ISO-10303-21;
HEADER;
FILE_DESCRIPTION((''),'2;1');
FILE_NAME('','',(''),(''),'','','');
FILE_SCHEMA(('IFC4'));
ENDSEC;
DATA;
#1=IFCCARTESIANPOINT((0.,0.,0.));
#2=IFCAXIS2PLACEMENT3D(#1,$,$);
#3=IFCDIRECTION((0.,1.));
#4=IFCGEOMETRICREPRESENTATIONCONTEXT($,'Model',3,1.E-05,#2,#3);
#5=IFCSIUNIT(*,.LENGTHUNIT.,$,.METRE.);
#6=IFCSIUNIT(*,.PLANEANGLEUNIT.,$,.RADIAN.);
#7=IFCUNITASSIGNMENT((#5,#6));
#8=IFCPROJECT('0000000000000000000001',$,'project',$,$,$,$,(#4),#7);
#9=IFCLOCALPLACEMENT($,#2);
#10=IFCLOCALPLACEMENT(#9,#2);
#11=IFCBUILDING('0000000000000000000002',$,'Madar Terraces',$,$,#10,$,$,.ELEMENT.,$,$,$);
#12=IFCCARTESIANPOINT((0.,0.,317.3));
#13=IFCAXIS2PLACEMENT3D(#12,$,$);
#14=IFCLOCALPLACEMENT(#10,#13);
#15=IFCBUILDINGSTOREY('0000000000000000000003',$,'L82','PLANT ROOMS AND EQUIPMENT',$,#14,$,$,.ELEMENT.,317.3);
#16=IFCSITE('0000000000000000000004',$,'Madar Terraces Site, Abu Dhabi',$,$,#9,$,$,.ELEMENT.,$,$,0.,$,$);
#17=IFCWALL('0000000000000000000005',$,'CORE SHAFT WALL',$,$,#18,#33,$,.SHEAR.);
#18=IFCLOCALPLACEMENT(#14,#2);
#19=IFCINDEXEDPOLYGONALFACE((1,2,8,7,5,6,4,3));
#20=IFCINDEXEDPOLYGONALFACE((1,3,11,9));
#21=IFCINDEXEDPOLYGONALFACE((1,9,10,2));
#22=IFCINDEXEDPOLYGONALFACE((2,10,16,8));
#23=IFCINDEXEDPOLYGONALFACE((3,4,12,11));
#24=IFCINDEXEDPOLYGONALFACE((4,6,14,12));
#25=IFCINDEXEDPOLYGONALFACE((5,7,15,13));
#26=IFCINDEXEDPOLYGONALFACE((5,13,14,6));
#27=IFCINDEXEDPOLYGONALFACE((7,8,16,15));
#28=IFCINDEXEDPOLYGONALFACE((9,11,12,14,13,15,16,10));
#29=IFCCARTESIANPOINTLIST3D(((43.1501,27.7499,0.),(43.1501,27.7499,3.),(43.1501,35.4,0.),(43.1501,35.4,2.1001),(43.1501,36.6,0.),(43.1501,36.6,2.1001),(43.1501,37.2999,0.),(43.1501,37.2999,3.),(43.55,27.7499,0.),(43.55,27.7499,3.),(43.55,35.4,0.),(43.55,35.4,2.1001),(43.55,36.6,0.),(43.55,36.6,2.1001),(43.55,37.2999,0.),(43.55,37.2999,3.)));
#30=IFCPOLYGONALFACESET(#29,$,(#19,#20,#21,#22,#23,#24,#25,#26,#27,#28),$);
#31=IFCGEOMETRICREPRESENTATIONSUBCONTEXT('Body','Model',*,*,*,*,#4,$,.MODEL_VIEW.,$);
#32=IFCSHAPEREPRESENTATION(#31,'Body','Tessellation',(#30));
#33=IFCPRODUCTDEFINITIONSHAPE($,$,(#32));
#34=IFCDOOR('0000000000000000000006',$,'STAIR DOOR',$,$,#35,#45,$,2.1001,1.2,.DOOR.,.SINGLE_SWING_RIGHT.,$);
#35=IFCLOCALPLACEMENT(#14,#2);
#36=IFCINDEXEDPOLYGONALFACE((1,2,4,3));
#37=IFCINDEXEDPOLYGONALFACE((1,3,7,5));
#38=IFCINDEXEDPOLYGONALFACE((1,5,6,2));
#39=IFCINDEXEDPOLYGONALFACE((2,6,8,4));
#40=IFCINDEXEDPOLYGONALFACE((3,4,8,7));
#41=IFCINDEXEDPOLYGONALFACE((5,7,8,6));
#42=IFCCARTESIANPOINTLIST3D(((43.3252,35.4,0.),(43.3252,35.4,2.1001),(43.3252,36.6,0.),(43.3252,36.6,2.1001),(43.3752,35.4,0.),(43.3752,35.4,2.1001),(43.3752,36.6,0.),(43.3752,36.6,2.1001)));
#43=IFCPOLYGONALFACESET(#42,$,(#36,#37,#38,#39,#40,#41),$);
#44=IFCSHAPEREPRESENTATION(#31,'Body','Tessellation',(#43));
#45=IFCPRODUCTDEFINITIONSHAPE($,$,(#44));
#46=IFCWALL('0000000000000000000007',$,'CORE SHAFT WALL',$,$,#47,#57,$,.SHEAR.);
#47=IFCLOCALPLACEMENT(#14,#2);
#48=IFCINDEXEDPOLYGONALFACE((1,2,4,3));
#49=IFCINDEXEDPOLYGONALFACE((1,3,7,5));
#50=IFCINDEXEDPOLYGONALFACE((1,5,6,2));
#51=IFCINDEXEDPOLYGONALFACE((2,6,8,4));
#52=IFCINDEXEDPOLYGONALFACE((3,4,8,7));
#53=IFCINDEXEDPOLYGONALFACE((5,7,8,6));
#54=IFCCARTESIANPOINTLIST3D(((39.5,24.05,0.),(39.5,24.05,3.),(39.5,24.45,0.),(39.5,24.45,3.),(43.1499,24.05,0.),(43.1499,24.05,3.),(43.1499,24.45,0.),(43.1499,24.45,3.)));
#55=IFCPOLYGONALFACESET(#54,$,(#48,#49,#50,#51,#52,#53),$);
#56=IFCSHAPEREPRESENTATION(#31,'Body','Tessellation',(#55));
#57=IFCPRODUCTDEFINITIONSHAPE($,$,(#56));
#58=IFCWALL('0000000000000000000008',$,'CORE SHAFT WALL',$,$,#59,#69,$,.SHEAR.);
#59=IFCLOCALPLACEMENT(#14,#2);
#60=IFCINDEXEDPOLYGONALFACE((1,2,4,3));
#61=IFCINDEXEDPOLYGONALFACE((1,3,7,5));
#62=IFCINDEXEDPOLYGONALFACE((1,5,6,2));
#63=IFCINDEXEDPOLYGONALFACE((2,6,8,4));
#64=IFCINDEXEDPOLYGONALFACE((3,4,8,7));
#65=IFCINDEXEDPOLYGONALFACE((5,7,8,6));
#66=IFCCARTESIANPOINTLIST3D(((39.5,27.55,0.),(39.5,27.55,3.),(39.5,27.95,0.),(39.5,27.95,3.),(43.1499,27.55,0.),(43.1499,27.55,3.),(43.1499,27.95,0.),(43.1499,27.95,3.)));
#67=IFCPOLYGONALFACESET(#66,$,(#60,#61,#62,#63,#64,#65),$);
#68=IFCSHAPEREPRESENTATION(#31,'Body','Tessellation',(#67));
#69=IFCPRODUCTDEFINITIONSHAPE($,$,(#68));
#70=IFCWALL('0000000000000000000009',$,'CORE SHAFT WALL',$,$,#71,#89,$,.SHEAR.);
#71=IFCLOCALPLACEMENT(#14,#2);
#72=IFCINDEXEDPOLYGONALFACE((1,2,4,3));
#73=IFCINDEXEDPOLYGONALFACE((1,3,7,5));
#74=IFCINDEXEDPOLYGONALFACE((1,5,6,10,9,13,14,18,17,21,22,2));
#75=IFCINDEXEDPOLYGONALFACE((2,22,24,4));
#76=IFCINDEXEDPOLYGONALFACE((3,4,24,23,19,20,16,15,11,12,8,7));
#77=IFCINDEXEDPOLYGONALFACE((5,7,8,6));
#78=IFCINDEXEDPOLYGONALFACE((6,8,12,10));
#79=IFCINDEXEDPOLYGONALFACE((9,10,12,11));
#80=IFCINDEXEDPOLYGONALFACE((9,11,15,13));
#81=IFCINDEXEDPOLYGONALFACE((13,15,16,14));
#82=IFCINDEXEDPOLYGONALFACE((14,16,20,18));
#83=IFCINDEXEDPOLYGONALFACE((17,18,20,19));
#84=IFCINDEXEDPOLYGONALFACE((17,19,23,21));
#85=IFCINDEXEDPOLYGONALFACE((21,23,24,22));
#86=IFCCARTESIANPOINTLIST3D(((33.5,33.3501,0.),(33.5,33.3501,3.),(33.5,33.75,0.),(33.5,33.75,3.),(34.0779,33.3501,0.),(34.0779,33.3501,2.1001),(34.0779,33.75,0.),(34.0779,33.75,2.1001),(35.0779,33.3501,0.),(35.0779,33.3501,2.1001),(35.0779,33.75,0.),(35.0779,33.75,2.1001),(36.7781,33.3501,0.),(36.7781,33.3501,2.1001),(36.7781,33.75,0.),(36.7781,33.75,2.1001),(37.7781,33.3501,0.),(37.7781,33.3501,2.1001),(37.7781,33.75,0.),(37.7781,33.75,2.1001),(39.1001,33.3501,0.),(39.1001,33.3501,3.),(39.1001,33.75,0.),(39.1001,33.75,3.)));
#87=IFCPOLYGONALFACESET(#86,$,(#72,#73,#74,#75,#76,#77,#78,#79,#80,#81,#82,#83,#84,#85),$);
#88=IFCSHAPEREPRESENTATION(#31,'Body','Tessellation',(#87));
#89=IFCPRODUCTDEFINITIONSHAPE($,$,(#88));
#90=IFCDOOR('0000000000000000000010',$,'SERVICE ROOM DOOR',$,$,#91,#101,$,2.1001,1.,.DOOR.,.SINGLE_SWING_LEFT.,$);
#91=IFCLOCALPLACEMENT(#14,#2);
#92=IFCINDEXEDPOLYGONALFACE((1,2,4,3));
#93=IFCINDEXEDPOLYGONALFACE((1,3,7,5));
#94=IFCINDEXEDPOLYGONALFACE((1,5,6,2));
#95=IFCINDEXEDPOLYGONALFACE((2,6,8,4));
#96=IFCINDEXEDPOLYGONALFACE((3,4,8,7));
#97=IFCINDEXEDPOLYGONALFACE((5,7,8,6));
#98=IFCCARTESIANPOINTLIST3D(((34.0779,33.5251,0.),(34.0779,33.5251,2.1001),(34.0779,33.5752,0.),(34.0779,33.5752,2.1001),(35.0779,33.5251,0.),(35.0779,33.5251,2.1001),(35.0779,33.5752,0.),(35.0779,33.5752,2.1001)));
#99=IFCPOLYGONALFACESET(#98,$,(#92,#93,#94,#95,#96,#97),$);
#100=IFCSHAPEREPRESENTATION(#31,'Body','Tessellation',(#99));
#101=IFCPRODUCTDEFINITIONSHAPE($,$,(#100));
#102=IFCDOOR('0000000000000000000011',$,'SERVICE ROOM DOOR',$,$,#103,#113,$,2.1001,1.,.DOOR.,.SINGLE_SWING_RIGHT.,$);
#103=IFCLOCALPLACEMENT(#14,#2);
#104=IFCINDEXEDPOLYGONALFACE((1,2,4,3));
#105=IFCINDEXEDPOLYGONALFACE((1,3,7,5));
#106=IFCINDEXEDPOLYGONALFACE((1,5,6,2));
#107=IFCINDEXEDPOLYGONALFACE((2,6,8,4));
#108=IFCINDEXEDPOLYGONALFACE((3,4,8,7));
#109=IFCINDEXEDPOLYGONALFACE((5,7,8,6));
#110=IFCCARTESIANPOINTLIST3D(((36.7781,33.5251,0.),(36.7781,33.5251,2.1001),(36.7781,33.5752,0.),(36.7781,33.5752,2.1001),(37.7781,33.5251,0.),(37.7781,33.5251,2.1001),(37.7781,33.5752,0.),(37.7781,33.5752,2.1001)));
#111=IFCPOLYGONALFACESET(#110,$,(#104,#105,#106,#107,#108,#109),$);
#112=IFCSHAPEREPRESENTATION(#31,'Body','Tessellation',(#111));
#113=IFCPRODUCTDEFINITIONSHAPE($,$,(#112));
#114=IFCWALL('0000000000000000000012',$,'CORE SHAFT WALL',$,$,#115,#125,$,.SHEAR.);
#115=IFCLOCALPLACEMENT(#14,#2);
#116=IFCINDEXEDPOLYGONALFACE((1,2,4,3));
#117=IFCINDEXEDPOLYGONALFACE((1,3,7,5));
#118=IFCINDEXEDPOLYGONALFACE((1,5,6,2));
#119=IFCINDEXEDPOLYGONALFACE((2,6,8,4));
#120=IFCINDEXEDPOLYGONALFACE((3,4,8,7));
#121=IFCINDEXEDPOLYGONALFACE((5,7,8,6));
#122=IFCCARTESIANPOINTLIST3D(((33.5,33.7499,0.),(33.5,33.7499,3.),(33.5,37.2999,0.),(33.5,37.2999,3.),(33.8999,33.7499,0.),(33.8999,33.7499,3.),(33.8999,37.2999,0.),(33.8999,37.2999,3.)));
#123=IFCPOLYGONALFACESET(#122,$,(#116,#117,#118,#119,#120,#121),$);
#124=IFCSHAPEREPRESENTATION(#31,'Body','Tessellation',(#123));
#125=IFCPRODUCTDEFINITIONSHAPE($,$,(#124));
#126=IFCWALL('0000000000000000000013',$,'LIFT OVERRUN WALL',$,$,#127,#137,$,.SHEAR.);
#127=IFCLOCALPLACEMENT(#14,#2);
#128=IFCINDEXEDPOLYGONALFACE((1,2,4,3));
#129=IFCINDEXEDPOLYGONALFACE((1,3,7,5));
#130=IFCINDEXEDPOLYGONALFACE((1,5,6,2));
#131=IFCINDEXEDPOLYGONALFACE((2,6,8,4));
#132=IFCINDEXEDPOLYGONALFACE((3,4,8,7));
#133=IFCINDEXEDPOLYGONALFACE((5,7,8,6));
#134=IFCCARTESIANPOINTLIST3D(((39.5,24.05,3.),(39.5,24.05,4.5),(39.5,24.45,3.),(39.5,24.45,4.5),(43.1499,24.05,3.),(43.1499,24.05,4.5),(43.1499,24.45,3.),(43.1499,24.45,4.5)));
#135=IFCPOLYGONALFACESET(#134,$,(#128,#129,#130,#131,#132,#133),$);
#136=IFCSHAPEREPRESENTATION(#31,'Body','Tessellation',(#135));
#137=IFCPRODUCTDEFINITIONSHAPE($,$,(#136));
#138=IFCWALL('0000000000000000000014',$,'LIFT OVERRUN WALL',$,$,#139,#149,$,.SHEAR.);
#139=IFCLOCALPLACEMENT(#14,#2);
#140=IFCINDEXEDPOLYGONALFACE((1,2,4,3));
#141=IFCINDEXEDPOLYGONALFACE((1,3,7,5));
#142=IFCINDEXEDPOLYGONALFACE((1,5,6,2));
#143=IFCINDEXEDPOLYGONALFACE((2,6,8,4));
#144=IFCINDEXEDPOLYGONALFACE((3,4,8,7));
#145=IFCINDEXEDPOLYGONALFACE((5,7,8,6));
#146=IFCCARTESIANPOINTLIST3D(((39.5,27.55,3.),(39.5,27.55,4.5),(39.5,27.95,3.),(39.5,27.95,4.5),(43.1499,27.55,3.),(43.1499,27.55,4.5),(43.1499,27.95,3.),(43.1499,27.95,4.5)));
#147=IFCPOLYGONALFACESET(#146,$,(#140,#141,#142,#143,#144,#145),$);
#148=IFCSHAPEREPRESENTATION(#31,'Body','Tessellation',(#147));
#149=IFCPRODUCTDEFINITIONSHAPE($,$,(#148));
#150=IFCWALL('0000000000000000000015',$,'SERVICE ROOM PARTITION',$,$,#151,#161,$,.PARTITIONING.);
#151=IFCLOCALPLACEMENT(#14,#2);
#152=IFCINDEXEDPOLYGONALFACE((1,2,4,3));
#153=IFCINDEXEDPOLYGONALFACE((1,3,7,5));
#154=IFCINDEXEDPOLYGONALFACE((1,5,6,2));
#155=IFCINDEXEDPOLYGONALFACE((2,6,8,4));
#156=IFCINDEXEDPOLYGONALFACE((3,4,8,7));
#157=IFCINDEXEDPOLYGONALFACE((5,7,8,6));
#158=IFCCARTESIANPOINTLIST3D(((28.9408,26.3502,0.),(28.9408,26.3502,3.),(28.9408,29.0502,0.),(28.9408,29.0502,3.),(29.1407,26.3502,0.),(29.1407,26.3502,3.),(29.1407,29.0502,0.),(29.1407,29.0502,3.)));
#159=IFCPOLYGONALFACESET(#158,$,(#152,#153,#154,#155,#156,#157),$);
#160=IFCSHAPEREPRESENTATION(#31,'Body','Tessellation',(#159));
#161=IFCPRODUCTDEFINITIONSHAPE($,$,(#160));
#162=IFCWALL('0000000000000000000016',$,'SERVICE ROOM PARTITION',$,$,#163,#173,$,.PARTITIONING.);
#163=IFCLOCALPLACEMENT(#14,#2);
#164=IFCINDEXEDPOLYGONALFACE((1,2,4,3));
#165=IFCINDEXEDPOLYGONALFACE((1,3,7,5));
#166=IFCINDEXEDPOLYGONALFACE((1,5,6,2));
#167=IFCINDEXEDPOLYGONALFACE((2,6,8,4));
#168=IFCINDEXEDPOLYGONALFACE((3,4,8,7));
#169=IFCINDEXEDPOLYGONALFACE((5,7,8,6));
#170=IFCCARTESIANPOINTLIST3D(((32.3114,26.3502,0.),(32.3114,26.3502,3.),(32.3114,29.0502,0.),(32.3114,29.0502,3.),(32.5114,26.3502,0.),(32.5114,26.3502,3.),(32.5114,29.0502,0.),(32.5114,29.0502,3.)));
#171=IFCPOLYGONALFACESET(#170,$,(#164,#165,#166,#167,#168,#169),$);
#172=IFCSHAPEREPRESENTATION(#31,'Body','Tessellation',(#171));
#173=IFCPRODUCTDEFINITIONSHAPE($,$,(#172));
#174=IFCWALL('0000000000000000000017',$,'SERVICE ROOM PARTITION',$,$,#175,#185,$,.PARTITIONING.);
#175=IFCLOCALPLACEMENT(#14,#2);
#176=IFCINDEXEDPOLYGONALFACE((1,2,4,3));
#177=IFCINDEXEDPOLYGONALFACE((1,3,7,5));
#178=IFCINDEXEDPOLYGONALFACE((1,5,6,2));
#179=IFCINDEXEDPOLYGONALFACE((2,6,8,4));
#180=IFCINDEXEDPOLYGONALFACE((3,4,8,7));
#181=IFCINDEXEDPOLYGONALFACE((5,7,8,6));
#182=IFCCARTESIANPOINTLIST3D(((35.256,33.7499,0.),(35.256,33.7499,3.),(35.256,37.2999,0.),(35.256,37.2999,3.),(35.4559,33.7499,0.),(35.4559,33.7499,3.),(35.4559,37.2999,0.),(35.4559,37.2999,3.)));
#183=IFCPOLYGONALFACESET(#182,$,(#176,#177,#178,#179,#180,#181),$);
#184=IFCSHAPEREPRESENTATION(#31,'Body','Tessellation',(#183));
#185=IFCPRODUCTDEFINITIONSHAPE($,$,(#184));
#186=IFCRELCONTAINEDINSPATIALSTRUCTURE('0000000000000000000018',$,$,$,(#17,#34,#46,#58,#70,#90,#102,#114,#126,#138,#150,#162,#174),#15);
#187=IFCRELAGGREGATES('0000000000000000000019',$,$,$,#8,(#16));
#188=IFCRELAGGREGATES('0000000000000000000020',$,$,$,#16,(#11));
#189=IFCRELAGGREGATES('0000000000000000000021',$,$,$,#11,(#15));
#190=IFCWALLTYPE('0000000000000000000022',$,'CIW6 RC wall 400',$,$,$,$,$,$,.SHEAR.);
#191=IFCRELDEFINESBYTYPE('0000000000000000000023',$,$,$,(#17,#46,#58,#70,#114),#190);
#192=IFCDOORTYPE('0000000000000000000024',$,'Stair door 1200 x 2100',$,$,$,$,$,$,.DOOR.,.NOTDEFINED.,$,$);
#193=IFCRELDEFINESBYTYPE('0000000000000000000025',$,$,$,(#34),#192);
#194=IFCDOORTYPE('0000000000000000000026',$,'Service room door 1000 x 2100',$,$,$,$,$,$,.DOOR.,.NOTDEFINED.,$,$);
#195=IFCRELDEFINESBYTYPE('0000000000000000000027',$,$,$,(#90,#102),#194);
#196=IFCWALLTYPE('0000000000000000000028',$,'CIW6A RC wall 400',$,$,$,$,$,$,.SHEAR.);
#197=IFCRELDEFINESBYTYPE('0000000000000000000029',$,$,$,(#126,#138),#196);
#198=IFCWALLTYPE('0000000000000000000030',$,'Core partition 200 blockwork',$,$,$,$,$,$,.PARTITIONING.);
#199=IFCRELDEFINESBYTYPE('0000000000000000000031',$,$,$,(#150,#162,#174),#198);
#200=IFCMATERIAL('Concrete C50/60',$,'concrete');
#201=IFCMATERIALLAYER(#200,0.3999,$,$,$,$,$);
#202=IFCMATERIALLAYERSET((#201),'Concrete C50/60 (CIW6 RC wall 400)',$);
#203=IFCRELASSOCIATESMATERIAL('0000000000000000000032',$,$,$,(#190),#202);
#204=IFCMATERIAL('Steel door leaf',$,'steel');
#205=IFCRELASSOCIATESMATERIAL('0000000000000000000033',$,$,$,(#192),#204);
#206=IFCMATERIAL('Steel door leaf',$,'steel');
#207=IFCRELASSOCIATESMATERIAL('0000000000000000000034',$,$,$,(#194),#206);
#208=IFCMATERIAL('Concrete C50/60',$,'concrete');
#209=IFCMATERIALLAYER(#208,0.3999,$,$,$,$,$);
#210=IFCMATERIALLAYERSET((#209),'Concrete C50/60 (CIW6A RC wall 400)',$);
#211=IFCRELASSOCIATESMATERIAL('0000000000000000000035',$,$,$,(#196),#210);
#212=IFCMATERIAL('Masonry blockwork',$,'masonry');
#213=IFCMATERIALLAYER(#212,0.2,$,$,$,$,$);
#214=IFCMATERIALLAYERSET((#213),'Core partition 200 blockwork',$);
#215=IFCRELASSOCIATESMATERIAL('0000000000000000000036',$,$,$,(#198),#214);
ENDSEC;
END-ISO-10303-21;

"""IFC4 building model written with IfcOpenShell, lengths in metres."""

from ifc_helpers import new_model, si_unit, direction, frame, frame_2d, origin, place, context, subcontext, project, spatial, rectangle, extrude, material, layer, layer_set, type_object, element, fill, save


model = new_model("IFC4")

# Units and contexts
model_context = context("Model", 3, precision=1e-05, world=origin(), true_north=direction((0.0, 1.0)))
body_context = subcontext(model_context, "Body", "Model", "MODEL_VIEW")
ifc_project = project(units=[si_unit("LENGTHUNIT", "METRE"), si_unit("PLANEANGLEUNIT", "RADIAN")], contexts=[model_context])

# Site, building, storey
site_placement = place(None, origin())
site = spatial("IfcSite", under=ifc_project, at=site_placement, Name="Madar Terraces Site, Abu Dhabi", CompositionType="ELEMENT", RefElevation=0.0)
building_placement = place(site_placement, origin())
building = spatial("IfcBuilding", under=site, at=building_placement, Name="Madar Terraces", CompositionType="ELEMENT")
storey_placement = place(building_placement, frame((0.0, 0.0, 317.3)))
storey = spatial("IfcBuildingStorey", under=building, at=storey_placement, Name="L82", Description="PLANT ROOMS AND EQUIPMENT", CompositionType="ELEMENT", Elevation=317.3)

# Shared definitions
ifc_material_1 = material(Name="Concrete C50/60", Category="concrete")
ifc_layer_1 = layer(ifc_material_1, 0.3999)
ifc_layer_set_1 = layer_set([ifc_layer_1], Name="Concrete C50/60 (CIW6 RC wall 400)")
wall_type_1 = type_object("IfcWallType", Name="CIW6 RC wall 400", PredefinedType="SHEAR", material=ifc_layer_set_1)

# Wall, opening, door
wall_1_placement = place(storey_placement, frame((43.3501, 27.75, 0.0), z_axis=(0.0, 0.0, 1.0), x_axis=(0.0, 1.0, 0.0)))
wall_1 = element("IfcWall", 1, at=wall_1_placement, inside=storey, type_object=wall_type_1, Name="CORE SHAFT WALL", PredefinedType="SHEAR", context=body_context, shape_type="SweptSolid", body=[
    extrude(rectangle(XDim=9.55, YDim=0.3999, at=frame_2d((4.7749, 0.0))), origin(), (0.0, 0.0, 1.0), 3.0),
])
opening_1_placement = place(wall_1_placement, frame((7.6499, 0.0, 0.0)))
opening_1 = element("IfcOpeningElement", 2, at=opening_1_placement, cuts=wall_1, PredefinedType="OPENING", context=body_context, shape_type="SweptSolid", body=[
    extrude(rectangle(XDim=1.2, YDim=2.1001, at=frame_2d((0.6001, 1.05))), frame((0.0, 0.21, 0.0), z_axis=(0.0, -1.0, 0.0), x_axis=(1.0, 0.0, 0.0)), (0.0, 0.0, 1.0), 0.4199),
])
ifc_material_2 = material(Name="Steel door leaf", Category="steel")
door_type_1 = type_object("IfcDoorType", Name="Stair door 1200 x 2100", OperationType="NOTDEFINED", PredefinedType="DOOR", material=ifc_material_2)
door_1_placement = place(opening_1_placement, origin())
door_1 = element("IfcDoor", 3, at=door_1_placement, inside=storey, type_object=door_type_1, Name="STAIR DOOR", OperationType="SINGLE_SWING_RIGHT", OverallHeight=2.1001, OverallWidth=1.2, PredefinedType="DOOR", context=body_context, shape_type="SweptSolid", body=[
    extrude(rectangle(XDim=1.2, YDim=2.1001, at=frame_2d((0.6001, 1.05))), frame((0.0, 0.0249, 0.0), z_axis=(0.0, -1.0, 0.0), x_axis=(1.0, 0.0, 0.0)), (0.0, 0.0, 1.0), 0.05),
])
fill(opening_1, door_1)

# Walls
for number, where, z_axis, x_axis, name in (
    (4, (39.5, 24.25, 0.0), (0.0, 0.0, 1.0), (1.0, 0.0, 0.0), "CORE SHAFT WALL"),
    (5, (39.5, 27.75, 0.0), (0.0, 0.0, 1.0), (1.0, 0.0, 0.0), "CORE SHAFT WALL"),
):
    element("IfcWall", number, at=place(storey_placement, frame(where, z_axis=z_axis, x_axis=x_axis)), inside=storey, type_object=wall_type_1, Name=name, PredefinedType="SHEAR", context=body_context, shape_type="SweptSolid", body=[
        extrude(rectangle(XDim=3.6499, YDim=0.3999, at=frame_2d((1.825, 0.0))), origin(), (0.0, 0.0, 1.0), 3.0),
    ])

# Wall, openings, doors
wall_2_placement = place(storey_placement, frame((33.5, 33.55, 0.0), z_axis=(0.0, 0.0, 1.0), x_axis=(1.0, 0.0, 0.0)))
wall_2 = element("IfcWall", 6, at=wall_2_placement, inside=storey, type_object=wall_type_1, Name="CORE SHAFT WALL", PredefinedType="SHEAR", context=body_context, shape_type="SweptSolid", body=[
    extrude(rectangle(XDim=5.6001, YDim=0.3999, at=frame_2d((2.8, 0.0))), origin(), (0.0, 0.0, 1.0), 3.0),
])
opening_2_placement = place(wall_2_placement, frame((0.5779, 0.0, 0.0)))
opening_2 = element("IfcOpeningElement", 7, at=opening_2_placement, cuts=wall_2, PredefinedType="OPENING", context=body_context, shape_type="SweptSolid", body=[
    extrude(rectangle(XDim=1.0, YDim=2.1001, at=frame_2d((0.5, 1.05))), frame((0.0, 0.21, 0.0), z_axis=(0.0, -1.0, 0.0), x_axis=(1.0, 0.0, 0.0)), (0.0, 0.0, 1.0), 0.4199),
])
opening_3_placement = place(wall_2_placement, frame((3.2781, 0.0, 0.0)))
opening_3 = element("IfcOpeningElement", 8, at=opening_3_placement, cuts=wall_2, PredefinedType="OPENING", context=body_context, shape_type="SweptSolid", body=[
    extrude(rectangle(XDim=1.0, YDim=2.1001, at=frame_2d((0.5, 1.05))), frame((0.0, 0.21, 0.0), z_axis=(0.0, -1.0, 0.0), x_axis=(1.0, 0.0, 0.0)), (0.0, 0.0, 1.0), 0.4199),
])
ifc_material_3 = material(Name="Steel door leaf", Category="steel")
door_type_2 = type_object("IfcDoorType", Name="Service room door 1000 x 2100", OperationType="NOTDEFINED", PredefinedType="DOOR", material=ifc_material_3)
door_2_placement = place(opening_2_placement, frame((1.0, 0.0, 0.0), z_axis=(0.0, 0.0, 1.0), x_axis=(-1.0, 0.0, 0.0)))
door_2 = element("IfcDoor", 9, at=door_2_placement, inside=storey, type_object=door_type_2, Name="SERVICE ROOM DOOR", OperationType="SINGLE_SWING_LEFT", OverallHeight=2.1001, OverallWidth=1.0, PredefinedType="DOOR", context=body_context, shape_type="SweptSolid", body=[
    extrude(rectangle(XDim=1.0, YDim=2.1001, at=frame_2d((0.5, 1.05))), frame((0.0, 0.0249, 0.0), z_axis=(0.0, -1.0, 0.0), x_axis=(1.0, 0.0, 0.0)), (0.0, 0.0, 1.0), 0.05),
])
fill(opening_2, door_2)
door_3_placement = place(opening_3_placement, frame((1.0, 0.0, 0.0), z_axis=(0.0, 0.0, 1.0), x_axis=(-1.0, 0.0, 0.0)))
door_3 = element("IfcDoor", 10, at=door_3_placement, inside=storey, type_object=door_type_2, Name="SERVICE ROOM DOOR", OperationType="SINGLE_SWING_RIGHT", OverallHeight=2.1001, OverallWidth=1.0, PredefinedType="DOOR", context=body_context, shape_type="SweptSolid", body=[
    extrude(rectangle(XDim=1.0, YDim=2.1001, at=frame_2d((0.5, 1.05))), frame((0.0, 0.0249, 0.0), z_axis=(0.0, -1.0, 0.0), x_axis=(1.0, 0.0, 0.0)), (0.0, 0.0, 1.0), 0.05),
])
fill(opening_3, door_3)

# Walls
wall_3_placement = place(storey_placement, frame((33.7, 33.75, 0.0), z_axis=(0.0, 0.0, 1.0), x_axis=(0.0, 1.0, 0.0)))
element("IfcWall", 11, at=wall_3_placement, inside=storey, type_object=wall_type_1, Name="CORE SHAFT WALL", PredefinedType="SHEAR", context=body_context, shape_type="SweptSolid", body=[
    extrude(rectangle(XDim=3.55, YDim=0.3999, at=frame_2d((1.7749, 0.0))), origin(), (0.0, 0.0, 1.0), 3.0),
])
ifc_material_4 = material(Name="Concrete C50/60", Category="concrete")
ifc_layer_2 = layer(ifc_material_4, 0.3999)
ifc_layer_set_2 = layer_set([ifc_layer_2], Name="Concrete C50/60 (CIW6A RC wall 400)")
wall_type_2 = type_object("IfcWallType", Name="CIW6A RC wall 400", PredefinedType="SHEAR", material=ifc_layer_set_2)
for number, where, z_axis, x_axis, name in (
    (12, (39.5, 24.25, 3.0), (0.0, 0.0, 1.0), (1.0, 0.0, 0.0), "LIFT OVERRUN WALL"),
    (13, (39.5, 27.75, 3.0), (0.0, 0.0, 1.0), (1.0, 0.0, 0.0), "LIFT OVERRUN WALL"),
):
    element("IfcWall", number, at=place(storey_placement, frame(where, z_axis=z_axis, x_axis=x_axis)), inside=storey, type_object=wall_type_2, Name=name, PredefinedType="SHEAR", context=body_context, shape_type="SweptSolid", body=[
        extrude(rectangle(XDim=3.6499, YDim=0.3999, at=frame_2d((1.825, 0.0))), origin(), (0.0, 0.0, 1.0), 1.5),
    ])
ifc_material_5 = material(Name="Masonry blockwork", Category="masonry")
ifc_layer_3 = layer(ifc_material_5, 0.2)
ifc_layer_set_3 = layer_set([ifc_layer_3], Name="Core partition 200 blockwork")
wall_type_3 = type_object("IfcWallType", Name="Core partition 200 blockwork", PredefinedType="PARTITIONING", material=ifc_layer_set_3)
for number, where, z_axis, x_axis, name in (
    (14, (29.0408, 26.3501, 0.0), (0.0, 0.0, 1.0), (0.0, 1.0, 0.0), "SERVICE ROOM PARTITION"),
    (15, (32.4114, 26.3501, 0.0), (0.0, 0.0, 1.0), (0.0, 1.0, 0.0), "SERVICE ROOM PARTITION"),
):
    element("IfcWall", number, at=place(storey_placement, frame(where, z_axis=z_axis, x_axis=x_axis)), inside=storey, type_object=wall_type_3, Name=name, PredefinedType="PARTITIONING", context=body_context, shape_type="SweptSolid", body=[
        extrude(rectangle(XDim=2.7, YDim=0.2, at=frame_2d((1.3501, 0.0))), origin(), (0.0, 0.0, 1.0), 3.0),
    ])
wall_4_placement = place(storey_placement, frame((35.356, 33.75, 0.0), z_axis=(0.0, 0.0, 1.0), x_axis=(0.0, 1.0, 0.0)))
element("IfcWall", 16, at=wall_4_placement, inside=storey, type_object=wall_type_3, Name="SERVICE ROOM PARTITION", PredefinedType="PARTITIONING", context=body_context, shape_type="SweptSolid", body=[
    extrude(rectangle(XDim=3.55, YDim=0.2, at=frame_2d((1.7749, 0.0))), origin(), (0.0, 0.0, 1.0), 3.0),
])

save(model, "model.ifc")
